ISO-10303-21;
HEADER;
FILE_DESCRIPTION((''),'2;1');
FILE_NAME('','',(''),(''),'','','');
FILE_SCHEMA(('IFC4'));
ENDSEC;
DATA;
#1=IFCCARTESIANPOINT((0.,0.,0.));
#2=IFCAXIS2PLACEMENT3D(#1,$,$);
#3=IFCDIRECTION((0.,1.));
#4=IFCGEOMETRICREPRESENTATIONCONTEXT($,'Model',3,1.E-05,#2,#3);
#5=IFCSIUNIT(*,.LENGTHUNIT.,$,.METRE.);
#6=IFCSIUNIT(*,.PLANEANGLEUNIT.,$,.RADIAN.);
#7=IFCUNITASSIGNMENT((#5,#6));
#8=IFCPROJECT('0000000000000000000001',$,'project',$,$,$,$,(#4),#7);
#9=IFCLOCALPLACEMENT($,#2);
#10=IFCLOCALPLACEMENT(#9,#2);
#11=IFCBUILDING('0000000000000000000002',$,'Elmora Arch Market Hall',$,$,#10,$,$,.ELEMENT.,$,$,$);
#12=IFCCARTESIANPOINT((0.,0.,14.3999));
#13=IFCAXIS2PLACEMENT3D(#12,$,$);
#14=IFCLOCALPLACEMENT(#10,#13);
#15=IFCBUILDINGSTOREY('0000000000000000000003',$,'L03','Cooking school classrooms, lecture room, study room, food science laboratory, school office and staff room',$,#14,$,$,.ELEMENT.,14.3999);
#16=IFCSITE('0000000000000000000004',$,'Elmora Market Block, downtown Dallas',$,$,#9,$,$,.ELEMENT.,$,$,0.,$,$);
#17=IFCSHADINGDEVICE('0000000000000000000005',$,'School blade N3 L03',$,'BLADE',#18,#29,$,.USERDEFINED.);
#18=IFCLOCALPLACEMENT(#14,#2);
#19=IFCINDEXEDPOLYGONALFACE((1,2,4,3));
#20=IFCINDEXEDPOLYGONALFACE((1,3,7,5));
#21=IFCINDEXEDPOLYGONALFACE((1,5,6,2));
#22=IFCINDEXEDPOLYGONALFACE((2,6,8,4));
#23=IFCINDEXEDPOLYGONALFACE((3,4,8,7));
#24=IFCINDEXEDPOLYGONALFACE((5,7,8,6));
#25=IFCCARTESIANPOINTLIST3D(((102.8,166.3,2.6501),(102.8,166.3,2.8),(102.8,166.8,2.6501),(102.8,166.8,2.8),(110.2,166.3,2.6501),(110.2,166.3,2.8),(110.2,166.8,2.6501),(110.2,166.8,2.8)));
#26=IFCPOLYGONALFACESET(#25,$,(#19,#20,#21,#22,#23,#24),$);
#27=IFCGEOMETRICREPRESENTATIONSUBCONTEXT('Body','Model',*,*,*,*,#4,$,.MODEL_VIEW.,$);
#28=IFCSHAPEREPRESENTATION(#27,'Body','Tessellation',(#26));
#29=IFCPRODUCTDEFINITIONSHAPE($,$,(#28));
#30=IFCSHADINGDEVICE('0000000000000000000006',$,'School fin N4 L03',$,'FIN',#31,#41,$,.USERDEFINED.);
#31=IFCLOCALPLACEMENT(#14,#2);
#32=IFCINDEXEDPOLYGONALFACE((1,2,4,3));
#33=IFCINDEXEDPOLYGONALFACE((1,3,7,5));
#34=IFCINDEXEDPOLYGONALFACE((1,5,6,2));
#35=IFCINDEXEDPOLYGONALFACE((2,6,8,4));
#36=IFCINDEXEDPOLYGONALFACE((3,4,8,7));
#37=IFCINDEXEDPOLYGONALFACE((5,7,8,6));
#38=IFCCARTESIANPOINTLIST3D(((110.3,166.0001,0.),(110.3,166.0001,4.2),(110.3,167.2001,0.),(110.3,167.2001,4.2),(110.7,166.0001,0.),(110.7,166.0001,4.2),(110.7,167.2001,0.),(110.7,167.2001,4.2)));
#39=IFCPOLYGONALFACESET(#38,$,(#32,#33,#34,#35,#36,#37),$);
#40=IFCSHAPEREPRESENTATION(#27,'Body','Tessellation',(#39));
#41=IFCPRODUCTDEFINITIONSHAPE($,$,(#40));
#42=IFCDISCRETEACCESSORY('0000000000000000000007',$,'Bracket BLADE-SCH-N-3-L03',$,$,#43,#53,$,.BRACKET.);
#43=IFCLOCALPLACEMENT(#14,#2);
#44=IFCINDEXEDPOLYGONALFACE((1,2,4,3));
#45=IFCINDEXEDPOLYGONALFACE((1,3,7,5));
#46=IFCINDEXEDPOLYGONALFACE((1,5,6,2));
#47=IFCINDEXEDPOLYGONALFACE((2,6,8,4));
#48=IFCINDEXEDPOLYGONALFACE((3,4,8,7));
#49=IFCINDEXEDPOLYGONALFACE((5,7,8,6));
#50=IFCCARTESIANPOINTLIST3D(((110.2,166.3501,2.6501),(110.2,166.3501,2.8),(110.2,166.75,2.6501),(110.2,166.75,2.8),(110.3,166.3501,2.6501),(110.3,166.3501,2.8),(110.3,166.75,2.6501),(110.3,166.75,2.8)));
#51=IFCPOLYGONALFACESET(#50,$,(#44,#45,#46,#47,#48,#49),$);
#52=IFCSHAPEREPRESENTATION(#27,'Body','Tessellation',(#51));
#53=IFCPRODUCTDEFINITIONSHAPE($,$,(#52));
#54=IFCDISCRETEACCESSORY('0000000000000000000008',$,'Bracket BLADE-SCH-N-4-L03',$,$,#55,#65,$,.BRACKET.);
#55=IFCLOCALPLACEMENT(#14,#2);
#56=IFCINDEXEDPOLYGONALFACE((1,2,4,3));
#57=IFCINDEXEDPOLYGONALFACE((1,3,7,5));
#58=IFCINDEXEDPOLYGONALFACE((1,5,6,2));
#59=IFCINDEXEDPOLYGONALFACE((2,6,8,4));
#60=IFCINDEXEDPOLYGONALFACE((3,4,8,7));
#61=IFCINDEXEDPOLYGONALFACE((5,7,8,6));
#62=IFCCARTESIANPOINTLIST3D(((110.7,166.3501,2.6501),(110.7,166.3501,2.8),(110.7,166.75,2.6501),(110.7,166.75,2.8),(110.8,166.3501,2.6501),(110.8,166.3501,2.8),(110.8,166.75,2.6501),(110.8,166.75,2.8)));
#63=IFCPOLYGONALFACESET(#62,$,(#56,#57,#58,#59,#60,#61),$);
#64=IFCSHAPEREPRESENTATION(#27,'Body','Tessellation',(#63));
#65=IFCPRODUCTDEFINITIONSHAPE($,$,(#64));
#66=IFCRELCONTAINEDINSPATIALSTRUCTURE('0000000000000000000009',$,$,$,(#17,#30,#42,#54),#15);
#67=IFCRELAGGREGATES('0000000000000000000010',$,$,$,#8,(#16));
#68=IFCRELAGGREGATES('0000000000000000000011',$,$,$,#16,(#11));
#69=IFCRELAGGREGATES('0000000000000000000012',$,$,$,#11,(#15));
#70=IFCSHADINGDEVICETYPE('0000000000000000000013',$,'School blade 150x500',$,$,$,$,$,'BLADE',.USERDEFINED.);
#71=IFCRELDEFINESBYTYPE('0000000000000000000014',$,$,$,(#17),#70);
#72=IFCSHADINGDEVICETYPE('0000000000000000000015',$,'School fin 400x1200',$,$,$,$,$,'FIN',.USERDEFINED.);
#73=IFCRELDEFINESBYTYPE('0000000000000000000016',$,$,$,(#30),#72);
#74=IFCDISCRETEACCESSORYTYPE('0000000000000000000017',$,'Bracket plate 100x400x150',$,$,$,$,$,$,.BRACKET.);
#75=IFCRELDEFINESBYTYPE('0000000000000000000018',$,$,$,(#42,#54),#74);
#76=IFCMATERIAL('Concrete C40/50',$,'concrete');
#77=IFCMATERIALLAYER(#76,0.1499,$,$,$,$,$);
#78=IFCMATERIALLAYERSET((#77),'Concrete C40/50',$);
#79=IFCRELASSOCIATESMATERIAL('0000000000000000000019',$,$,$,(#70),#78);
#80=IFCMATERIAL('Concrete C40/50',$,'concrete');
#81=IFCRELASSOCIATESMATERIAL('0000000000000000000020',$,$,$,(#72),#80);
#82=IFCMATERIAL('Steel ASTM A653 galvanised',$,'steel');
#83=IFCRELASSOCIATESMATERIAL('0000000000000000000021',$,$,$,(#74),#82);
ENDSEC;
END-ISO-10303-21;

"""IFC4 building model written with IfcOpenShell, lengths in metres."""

from ifc_helpers import new_model, si_unit, direction, frame, origin, origin_2d, place, context, subcontext, project, spatial, rectangle, extrude, material, layer, layer_set, type_object, element, save


model = new_model("IFC4")

# Units and contexts
model_context = context("Model", 3, precision=1e-05, world=origin(), true_north=direction((0.0, 1.0)))
body_context = subcontext(model_context, "Body", "Model", "MODEL_VIEW")
ifc_project = project(units=[si_unit("LENGTHUNIT", "METRE"), si_unit("PLANEANGLEUNIT", "RADIAN")], contexts=[model_context])

# Site, building, storey
site_placement = place(None, origin())
site = spatial("IfcSite", under=ifc_project, at=site_placement, Name="Elmora Market Block, downtown Dallas", CompositionType="ELEMENT", RefElevation=0.0)
building_placement = place(site_placement, origin())
building = spatial("IfcBuilding", under=site, at=building_placement, Name="Elmora Arch Market Hall", CompositionType="ELEMENT")
storey_placement = place(building_placement, frame((0.0, 0.0, 14.3999)))
storey = spatial("IfcBuildingStorey", under=building, at=storey_placement, Name="L03", Description="Cooking school classrooms, lecture room, study room, food science laboratory, school office and staff room", CompositionType="ELEMENT", Elevation=14.3999)

# Shading devices
ifc_material_1 = material(Name="Concrete C40/50", Category="concrete")
ifc_layer_1 = layer(ifc_material_1, 0.1499)
ifc_layer_set_1 = layer_set([ifc_layer_1], Name="Concrete C40/50")
shading_device_type_1 = type_object("IfcShadingDeviceType", Name="School blade 150x500", ElementType="BLADE", PredefinedType="USERDEFINED", material=ifc_layer_set_1)
shading_device_1_placement = place(storey_placement, frame((106.5, 166.55, 2.6501), z_axis=(0.0, 0.0, 1.0), x_axis=(1.0, 0.0, 0.0)))
element("IfcShadingDevice", 1, at=shading_device_1_placement, inside=storey, type_object=shading_device_type_1, Name="School blade N3 L03", ObjectType="BLADE", PredefinedType="USERDEFINED", context=body_context, shape_type="SweptSolid", body=[
    extrude(rectangle(XDim=7.3999, YDim=0.5, at=origin_2d()), origin(), (0.0, 0.0, 1.0), 0.1499),
])
ifc_material_2 = material(Name="Concrete C40/50", Category="concrete")
shading_device_type_2 = type_object("IfcShadingDeviceType", Name="School fin 400x1200", ElementType="FIN", PredefinedType="USERDEFINED", material=ifc_material_2)
shading_device_2_placement = place(storey_placement, frame((110.5, 166.6001, 0.0), z_axis=(0.0, 0.0, 1.0), x_axis=(1.0, 0.0, 0.0)))
element("IfcShadingDevice", 2, at=shading_device_2_placement, inside=storey, type_object=shading_device_type_2, Name="School fin N4 L03", ObjectType="FIN", PredefinedType="USERDEFINED", context=body_context, shape_type="SweptSolid", body=[
    extrude(rectangle(XDim=0.3999, YDim=1.2, at=origin_2d()), origin(), (0.0, 0.0, 1.0), 4.2),
])

# Discrete accessories
ifc_material_3 = material(Name="Steel ASTM A653 galvanised", Category="steel")
discrete_accessory_type = type_object("IfcDiscreteAccessoryType", Name="Bracket plate 100x400x150", PredefinedType="BRACKET", material=ifc_material_3)
for number, where, z_axis, x_axis, name in (
    (3, (110.25, 166.55, 2.6501), (0.0, 0.0, 1.0), (1.0, 0.0, 0.0), "Bracket BLADE-SCH-N-3-L03"),
    (4, (110.75, 166.55, 2.6501), (0.0, 0.0, 1.0), (1.0, 0.0, 0.0), "Bracket BLADE-SCH-N-4-L03"),
):
    element("IfcDiscreteAccessory", number, at=place(storey_placement, frame(where, z_axis=z_axis, x_axis=x_axis)), inside=storey, type_object=discrete_accessory_type, Name=name, PredefinedType="BRACKET", context=body_context, shape_type="SweptSolid", body=[
        extrude(rectangle(XDim=0.1001, YDim=0.3999, at=origin_2d()), origin(), (0.0, 0.0, 1.0), 0.1499),
    ])

save(model, "model.ifc")
